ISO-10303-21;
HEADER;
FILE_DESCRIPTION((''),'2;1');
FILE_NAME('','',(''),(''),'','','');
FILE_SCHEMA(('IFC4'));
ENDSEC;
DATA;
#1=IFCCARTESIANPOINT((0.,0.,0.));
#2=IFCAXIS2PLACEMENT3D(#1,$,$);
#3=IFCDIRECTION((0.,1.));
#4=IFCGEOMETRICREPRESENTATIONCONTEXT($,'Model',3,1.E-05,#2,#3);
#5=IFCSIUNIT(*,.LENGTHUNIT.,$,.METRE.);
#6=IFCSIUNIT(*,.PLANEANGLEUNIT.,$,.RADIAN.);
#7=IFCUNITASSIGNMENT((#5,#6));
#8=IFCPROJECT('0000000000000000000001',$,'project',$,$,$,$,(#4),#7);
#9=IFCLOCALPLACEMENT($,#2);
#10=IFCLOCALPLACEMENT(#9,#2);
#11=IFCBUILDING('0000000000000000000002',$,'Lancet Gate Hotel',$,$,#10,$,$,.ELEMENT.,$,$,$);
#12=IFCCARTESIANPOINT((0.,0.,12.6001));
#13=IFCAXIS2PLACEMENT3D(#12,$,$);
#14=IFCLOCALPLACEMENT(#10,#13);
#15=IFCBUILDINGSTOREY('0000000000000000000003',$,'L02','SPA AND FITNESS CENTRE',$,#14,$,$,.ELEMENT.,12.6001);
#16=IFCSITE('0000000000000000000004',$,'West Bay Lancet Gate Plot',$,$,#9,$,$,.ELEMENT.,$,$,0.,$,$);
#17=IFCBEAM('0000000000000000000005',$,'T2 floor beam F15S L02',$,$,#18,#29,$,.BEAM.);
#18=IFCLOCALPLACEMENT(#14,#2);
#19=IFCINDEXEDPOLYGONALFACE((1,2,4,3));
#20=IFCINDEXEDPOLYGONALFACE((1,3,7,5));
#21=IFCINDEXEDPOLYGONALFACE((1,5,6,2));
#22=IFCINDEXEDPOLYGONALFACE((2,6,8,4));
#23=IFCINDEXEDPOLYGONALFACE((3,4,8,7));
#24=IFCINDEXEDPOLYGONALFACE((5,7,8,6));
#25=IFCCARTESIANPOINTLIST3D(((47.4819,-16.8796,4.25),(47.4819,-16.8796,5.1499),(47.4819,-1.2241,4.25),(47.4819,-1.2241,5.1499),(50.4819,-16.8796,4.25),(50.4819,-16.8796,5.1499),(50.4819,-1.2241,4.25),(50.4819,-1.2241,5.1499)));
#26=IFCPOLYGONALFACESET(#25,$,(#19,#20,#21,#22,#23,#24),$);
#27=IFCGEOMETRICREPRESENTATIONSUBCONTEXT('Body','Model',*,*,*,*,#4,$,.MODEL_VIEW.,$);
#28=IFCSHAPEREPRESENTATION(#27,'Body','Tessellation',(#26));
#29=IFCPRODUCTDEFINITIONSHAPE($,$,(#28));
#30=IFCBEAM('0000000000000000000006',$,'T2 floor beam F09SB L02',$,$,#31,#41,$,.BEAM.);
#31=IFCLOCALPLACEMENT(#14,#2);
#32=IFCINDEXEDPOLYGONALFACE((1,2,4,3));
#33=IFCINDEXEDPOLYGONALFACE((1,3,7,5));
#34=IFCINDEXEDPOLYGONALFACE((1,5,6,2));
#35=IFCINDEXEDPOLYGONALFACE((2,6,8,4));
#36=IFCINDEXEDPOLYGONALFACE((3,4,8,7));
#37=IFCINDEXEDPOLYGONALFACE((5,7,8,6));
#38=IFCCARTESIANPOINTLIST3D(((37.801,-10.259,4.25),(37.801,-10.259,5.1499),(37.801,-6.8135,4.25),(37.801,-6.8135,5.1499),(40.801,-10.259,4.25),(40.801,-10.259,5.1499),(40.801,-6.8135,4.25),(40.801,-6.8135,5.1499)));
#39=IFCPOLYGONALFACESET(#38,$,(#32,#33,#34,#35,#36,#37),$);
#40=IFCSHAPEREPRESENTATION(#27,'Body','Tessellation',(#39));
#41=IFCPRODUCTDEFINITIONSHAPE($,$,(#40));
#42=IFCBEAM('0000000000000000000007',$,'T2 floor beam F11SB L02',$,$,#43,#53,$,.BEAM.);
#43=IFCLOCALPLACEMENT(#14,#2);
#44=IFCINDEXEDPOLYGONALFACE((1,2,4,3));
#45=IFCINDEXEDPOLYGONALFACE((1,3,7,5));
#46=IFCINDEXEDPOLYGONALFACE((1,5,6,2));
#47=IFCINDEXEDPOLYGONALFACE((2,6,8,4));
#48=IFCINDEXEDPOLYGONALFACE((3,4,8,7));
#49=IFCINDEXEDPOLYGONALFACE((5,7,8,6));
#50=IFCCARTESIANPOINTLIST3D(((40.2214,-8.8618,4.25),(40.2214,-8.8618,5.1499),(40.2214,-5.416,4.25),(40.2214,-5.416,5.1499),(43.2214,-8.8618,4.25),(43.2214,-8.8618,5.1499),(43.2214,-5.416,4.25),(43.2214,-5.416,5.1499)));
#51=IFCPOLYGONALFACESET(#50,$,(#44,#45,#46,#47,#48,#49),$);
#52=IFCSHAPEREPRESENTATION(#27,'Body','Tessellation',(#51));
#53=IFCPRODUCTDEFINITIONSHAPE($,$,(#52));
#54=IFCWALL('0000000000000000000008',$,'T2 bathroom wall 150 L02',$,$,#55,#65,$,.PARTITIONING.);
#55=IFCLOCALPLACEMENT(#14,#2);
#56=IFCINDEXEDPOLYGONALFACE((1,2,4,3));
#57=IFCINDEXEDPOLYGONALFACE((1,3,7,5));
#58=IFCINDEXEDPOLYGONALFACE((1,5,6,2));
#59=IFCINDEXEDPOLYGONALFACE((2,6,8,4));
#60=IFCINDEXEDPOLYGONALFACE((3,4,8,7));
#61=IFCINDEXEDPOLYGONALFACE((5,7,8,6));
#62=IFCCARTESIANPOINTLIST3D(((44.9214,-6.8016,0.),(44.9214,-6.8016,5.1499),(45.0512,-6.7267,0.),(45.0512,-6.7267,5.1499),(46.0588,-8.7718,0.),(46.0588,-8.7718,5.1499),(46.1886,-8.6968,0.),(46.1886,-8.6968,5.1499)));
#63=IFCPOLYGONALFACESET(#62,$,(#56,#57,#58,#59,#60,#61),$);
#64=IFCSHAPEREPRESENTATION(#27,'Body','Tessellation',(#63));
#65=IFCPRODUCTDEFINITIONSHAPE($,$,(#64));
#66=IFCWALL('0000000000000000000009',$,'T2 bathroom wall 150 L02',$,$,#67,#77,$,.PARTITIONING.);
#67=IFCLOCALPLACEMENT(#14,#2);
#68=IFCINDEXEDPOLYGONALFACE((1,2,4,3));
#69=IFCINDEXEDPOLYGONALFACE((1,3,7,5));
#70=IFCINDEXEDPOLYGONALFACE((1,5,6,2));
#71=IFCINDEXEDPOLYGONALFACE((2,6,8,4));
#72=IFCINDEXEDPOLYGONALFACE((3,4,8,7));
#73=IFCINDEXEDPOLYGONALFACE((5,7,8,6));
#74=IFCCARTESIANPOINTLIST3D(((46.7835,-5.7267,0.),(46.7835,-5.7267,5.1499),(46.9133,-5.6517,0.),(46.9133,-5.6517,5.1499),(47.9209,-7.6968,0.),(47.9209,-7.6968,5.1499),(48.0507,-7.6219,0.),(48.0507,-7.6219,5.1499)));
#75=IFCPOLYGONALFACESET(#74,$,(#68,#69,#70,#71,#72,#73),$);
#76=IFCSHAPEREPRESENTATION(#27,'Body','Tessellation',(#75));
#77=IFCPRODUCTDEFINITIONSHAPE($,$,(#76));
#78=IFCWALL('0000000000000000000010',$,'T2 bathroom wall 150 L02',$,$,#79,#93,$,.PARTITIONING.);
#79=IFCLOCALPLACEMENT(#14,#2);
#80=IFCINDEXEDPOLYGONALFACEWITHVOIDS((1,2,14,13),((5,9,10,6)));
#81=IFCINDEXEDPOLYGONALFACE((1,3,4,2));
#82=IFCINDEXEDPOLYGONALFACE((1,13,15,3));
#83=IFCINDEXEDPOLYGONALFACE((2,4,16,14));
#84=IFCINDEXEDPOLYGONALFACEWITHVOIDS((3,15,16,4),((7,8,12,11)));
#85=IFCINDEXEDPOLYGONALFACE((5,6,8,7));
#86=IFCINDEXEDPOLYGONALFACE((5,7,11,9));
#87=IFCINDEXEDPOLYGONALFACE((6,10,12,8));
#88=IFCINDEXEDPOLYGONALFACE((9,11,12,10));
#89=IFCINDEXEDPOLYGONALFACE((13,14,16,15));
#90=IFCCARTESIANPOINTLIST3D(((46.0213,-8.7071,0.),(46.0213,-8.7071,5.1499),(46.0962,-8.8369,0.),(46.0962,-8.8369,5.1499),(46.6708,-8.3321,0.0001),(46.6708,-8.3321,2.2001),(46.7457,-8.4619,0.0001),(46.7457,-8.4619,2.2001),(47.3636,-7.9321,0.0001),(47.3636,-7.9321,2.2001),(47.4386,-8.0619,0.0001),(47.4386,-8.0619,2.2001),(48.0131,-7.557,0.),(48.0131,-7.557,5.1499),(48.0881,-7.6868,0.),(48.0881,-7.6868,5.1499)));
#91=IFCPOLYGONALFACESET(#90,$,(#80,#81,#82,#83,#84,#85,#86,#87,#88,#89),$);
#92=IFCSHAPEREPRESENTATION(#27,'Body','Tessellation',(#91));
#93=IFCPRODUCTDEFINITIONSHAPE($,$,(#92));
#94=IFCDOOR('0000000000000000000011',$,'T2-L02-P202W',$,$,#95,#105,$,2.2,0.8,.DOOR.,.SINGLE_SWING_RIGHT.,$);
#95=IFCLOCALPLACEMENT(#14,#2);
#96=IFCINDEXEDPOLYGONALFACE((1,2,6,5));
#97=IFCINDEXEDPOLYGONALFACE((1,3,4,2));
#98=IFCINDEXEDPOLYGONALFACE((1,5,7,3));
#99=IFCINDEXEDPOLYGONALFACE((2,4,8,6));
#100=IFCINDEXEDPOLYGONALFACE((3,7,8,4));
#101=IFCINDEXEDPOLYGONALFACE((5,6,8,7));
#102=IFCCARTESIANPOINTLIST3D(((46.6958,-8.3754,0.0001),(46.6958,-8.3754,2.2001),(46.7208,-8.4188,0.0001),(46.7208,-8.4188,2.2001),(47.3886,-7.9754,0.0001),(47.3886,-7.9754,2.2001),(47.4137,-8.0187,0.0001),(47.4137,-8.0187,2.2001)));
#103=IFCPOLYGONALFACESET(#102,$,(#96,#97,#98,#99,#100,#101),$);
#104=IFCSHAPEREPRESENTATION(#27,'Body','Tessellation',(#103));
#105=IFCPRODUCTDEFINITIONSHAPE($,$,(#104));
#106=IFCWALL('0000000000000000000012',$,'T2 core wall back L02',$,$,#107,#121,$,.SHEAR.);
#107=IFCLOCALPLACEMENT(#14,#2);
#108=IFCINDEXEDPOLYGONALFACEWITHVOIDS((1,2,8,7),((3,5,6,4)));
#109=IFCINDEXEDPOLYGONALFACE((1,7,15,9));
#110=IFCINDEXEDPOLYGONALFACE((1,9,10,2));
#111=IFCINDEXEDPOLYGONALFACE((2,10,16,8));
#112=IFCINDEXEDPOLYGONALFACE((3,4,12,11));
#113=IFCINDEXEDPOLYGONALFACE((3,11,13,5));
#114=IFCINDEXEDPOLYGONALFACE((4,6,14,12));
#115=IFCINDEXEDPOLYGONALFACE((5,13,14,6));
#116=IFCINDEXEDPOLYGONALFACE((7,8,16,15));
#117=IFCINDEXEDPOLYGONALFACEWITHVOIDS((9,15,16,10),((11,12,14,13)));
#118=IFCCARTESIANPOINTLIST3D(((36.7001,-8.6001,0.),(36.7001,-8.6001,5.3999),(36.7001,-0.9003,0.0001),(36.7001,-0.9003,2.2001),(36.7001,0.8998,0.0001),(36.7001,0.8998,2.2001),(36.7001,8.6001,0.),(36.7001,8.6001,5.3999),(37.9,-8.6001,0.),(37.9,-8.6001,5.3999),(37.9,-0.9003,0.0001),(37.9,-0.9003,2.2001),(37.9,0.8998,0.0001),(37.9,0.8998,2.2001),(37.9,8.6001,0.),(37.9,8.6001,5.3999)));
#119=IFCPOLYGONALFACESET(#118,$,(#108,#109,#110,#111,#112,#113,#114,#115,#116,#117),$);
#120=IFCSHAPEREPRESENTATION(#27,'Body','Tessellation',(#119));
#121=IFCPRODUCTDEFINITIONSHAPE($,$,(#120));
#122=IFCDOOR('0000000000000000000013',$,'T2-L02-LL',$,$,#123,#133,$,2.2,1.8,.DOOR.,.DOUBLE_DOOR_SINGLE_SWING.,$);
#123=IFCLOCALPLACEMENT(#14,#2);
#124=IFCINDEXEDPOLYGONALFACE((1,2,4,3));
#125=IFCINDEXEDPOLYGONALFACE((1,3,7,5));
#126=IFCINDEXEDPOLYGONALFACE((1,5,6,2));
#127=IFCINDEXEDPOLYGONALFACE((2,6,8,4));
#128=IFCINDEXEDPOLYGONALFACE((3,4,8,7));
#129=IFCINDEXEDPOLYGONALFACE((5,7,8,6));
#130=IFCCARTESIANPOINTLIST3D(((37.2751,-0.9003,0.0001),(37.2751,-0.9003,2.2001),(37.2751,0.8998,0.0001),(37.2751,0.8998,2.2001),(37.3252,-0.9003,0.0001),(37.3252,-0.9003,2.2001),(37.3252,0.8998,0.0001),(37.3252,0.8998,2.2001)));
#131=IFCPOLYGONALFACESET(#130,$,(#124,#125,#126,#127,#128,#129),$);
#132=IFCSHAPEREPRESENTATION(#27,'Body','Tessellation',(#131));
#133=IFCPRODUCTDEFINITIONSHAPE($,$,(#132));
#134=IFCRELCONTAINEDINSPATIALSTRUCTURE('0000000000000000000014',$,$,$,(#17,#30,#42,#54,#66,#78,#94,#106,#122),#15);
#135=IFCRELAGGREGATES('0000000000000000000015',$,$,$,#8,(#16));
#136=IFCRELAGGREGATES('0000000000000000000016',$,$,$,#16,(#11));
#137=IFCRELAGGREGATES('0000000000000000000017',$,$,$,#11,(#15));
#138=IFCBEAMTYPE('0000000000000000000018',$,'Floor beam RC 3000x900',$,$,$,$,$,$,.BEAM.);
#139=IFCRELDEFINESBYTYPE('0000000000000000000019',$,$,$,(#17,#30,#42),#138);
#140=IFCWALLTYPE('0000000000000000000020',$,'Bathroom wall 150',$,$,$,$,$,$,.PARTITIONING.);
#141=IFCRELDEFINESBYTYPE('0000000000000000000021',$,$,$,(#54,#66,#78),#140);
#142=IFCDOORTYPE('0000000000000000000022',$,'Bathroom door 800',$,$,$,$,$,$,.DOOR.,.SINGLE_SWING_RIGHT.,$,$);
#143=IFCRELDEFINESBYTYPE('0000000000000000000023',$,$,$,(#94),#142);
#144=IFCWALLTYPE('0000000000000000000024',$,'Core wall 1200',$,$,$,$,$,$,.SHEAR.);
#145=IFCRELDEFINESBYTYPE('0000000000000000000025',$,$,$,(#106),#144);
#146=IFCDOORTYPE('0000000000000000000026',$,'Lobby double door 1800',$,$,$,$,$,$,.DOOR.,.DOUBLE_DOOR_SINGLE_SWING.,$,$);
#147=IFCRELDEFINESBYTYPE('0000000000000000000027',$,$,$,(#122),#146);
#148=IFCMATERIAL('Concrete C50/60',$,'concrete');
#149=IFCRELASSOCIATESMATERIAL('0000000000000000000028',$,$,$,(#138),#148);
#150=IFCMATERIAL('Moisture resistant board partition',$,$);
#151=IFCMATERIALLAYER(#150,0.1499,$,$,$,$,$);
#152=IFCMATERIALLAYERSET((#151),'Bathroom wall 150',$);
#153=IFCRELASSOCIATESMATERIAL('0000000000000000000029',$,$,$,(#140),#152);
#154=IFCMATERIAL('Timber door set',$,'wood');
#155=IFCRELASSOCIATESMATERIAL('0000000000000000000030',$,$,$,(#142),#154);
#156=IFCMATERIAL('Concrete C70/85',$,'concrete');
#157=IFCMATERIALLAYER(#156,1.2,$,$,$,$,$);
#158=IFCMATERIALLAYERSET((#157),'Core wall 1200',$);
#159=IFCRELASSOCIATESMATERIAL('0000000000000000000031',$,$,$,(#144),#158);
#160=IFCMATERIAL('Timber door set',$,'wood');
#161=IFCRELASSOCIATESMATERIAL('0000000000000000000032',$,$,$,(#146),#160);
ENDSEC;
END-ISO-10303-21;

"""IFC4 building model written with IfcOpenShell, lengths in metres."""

from ifc_helpers import new_model, si_unit, direction, frame, frame_2d, origin, origin_2d, place, context, subcontext, project, spatial, rectangle, extrude, material, layer, layer_set, material_profile, profile_set, type_object, element, fill, save


model = new_model("IFC4")

# Units and contexts
model_context = context("Model", 3, precision=1e-05, world=origin(), true_north=direction((0.0, 1.0)))
body_context = subcontext(model_context, "Body", "Model", "MODEL_VIEW")
ifc_project = project(units=[si_unit("LENGTHUNIT", "METRE"), si_unit("PLANEANGLEUNIT", "RADIAN")], contexts=[model_context])

# Site, building, storey
site_placement = place(None, origin())
site = spatial("IfcSite", under=ifc_project, at=site_placement, Name="West Bay Lancet Gate Plot", CompositionType="ELEMENT", RefElevation=0.0)
building_placement = place(site_placement, origin())
building = spatial("IfcBuilding", under=site, at=building_placement, Name="Lancet Gate Hotel", CompositionType="ELEMENT")
storey_placement = place(building_placement, frame((0.0, 0.0, 12.6001)))
storey = spatial("IfcBuildingStorey", under=building, at=storey_placement, Name="L02", Description="SPA AND FITNESS CENTRE", CompositionType="ELEMENT", Elevation=12.6001)

# Beams
ifc_material_1 = material(Name="Concrete C50/60", Category="concrete")
ifc_material_profile = material_profile(ifc_material_1, rectangle(XDim=3.0, YDim=0.8999, at=origin_2d()), Name="RC 3000x900")
ifc_profile_set = profile_set([ifc_material_profile], Name="Concrete C50/60")
beam_type = type_object("IfcBeamType", Name="Floor beam RC 3000x900", PredefinedType="BEAM", material=ifc_profile_set)
beam_1_placement = place(storey_placement, frame((48.9819, -16.8796, 4.7), z_axis=(0.0, 1.0, 0.0), x_axis=(-1.0, 0.0, 0.0)))
element("IfcBeam", 1, at=beam_1_placement, inside=storey, type_object=beam_type, Name="T2 floor beam F15S L02", PredefinedType="BEAM", context=body_context, shape_type="SweptSolid", body=[
    extrude(rectangle(XDim=3.0, YDim=0.8999, at=origin_2d()), origin(), (0.0, 0.0, 1.0), 15.6555),
])
beam_2_placement = place(storey_placement, frame((39.301, -10.259, 4.7), z_axis=(0.0, 1.0, 0.0), x_axis=(-1.0, 0.0, 0.0)))
element("IfcBeam", 2, at=beam_2_placement, inside=storey, type_object=beam_type, Name="T2 floor beam F09SB L02", PredefinedType="BEAM", context=body_context, shape_type="SweptSolid", body=[
    extrude(rectangle(XDim=3.0, YDim=0.8999, at=origin_2d()), origin(), (0.0, 0.0, 1.0), 3.4456),
])
beam_3_placement = place(storey_placement, frame((41.7214, -8.8618, 4.7), z_axis=(0.0, 1.0, 0.0), x_axis=(-1.0, 0.0, 0.0)))
element("IfcBeam", 3, at=beam_3_placement, inside=storey, type_object=beam_type, Name="T2 floor beam F11SB L02", PredefinedType="BEAM", context=body_context, shape_type="SweptSolid", body=[
    extrude(rectangle(XDim=3.0, YDim=0.8999, at=origin_2d()), origin(), (0.0, 0.0, 1.0), 3.4458),
])

# Walls
ifc_material_2 = material(Name="Moisture resistant board partition")
ifc_layer_1 = layer(ifc_material_2, 0.1499)
ifc_layer_set_1 = layer_set([ifc_layer_1], Name="Bathroom wall 150")
wall_type_1 = type_object("IfcWallType", Name="Bathroom wall 150", PredefinedType="PARTITIONING", material=ifc_layer_set_1)
for number, where, z_axis, x_axis, name in (
    (4, (44.9863, -6.7642, 0.0), (0.0, 0.0, 1.0), (0.499983, -0.866035, 0.0), "T2 bathroom wall 150 L02"),
    (5, (46.8484, -5.6892, 0.0), (0.0, 0.0, 1.0), (0.499983, -0.866035, 0.0), "T2 bathroom wall 150 L02"),
):
    element("IfcWall", number, at=place(storey_placement, frame(where, z_axis=z_axis, x_axis=x_axis)), inside=storey, type_object=wall_type_1, Name=name, PredefinedType="PARTITIONING", context=body_context, shape_type="SweptSolid", body=[
        extrude(rectangle(XDim=2.2749, YDim=0.1499, at=frame_2d((1.1375, 0.0))), origin(), (0.0, 0.0, 1.0), 5.1499),
    ])

# Walls, openings, doors
wall_1_placement = place(storey_placement, frame((46.0588, -8.772, 0.0), z_axis=(0.0, 0.0, 1.0), x_axis=(0.866007, 0.500032, 0.0)))
wall_1 = element("IfcWall", 6, at=wall_1_placement, inside=storey, type_object=wall_type_1, Name="T2 bathroom wall 150 L02", PredefinedType="PARTITIONING", context=body_context, shape_type="SweptSolid", body=[
    extrude(rectangle(XDim=2.3, YDim=0.1499, at=frame_2d((1.1499, 0.0))), origin(), (0.0, 0.0, 1.0), 5.1499),
])
opening_1_placement = place(wall_1_placement, frame((0.75, 0.0, 0.0)))
opening_1 = element("IfcOpeningElement", 7, at=opening_1_placement, cuts=wall_1, PredefinedType="OPENING", context=body_context, shape_type="SweptSolid", body=[
    extrude(rectangle(XDim=0.8, YDim=2.2, at=frame_2d((0.3999, 1.1001))), frame((0.0, 0.085, 0.0), z_axis=(0.0, -1.0, 0.0), x_axis=(1.0, 0.0, 0.0)), (0.0, 0.0, 1.0), 0.1699),
])
ifc_material_3 = material(Name="Timber door set", Category="wood")
door_type_1 = type_object("IfcDoorType", Name="Bathroom door 800", OperationType="SINGLE_SWING_RIGHT", PredefinedType="DOOR", material=ifc_material_3)
door_1_placement = place(opening_1_placement, origin())
door_1 = element("IfcDoor", 8, at=door_1_placement, inside=storey, type_object=door_type_1, Name="T2-L02-P202W", OperationType="SINGLE_SWING_RIGHT", OverallHeight=2.2, OverallWidth=0.8, PredefinedType="DOOR", context=body_context, shape_type="SweptSolid", body=[
    extrude(rectangle(XDim=0.8, YDim=2.2, at=frame_2d((0.3999, 1.1001))), frame((0.0, 0.0249, 0.0), z_axis=(0.0, -1.0, 0.0), x_axis=(1.0, 0.0, 0.0)), (0.0, 0.0, 1.0), 0.05),
])
fill(opening_1, door_1)
ifc_material_4 = material(Name="Concrete C70/85", Category="concrete")
ifc_layer_2 = layer(ifc_material_4, 1.2)
ifc_layer_set_2 = layer_set([ifc_layer_2], Name="Core wall 1200")
wall_type_2 = type_object("IfcWallType", Name="Core wall 1200", PredefinedType="SHEAR", material=ifc_layer_set_2)
wall_2_placement = place(storey_placement, frame((37.3, -8.6001, 0.0), z_axis=(0.0, 0.0, 1.0), x_axis=(0.0, 1.0, 0.0)))
wall_2 = element("IfcWall", 9, at=wall_2_placement, inside=storey, type_object=wall_type_2, Name="T2 core wall back L02", PredefinedType="SHEAR", context=body_context, shape_type="SweptSolid", body=[
    extrude(rectangle(XDim=17.2002, YDim=1.2, at=frame_2d((8.6001, 0.0))), origin(), (0.0, 0.0, 1.0), 5.3999),
])
opening_2_placement = place(wall_2_placement, frame((7.7, 0.0, 0.0)))
opening_2 = element("IfcOpeningElement", 10, at=opening_2_placement, cuts=wall_2, PredefinedType="OPENING", context=body_context, shape_type="SweptSolid", body=[
    extrude(rectangle(XDim=1.8, YDim=2.2, at=frame_2d((0.8999, 1.1001))), frame((0.0, 0.6099, 0.0), z_axis=(0.0, -1.0, 0.0), x_axis=(1.0, 0.0, 0.0)), (0.0, 0.0, 1.0), 1.22),
])
ifc_material_5 = material(Name="Timber door set", Category="wood")
door_type_2 = type_object("IfcDoorType", Name="Lobby double door 1800", OperationType="DOUBLE_DOOR_SINGLE_SWING", PredefinedType="DOOR", material=ifc_material_5)
door_2_placement = place(opening_2_placement, origin())
door_2 = element("IfcDoor", 11, at=door_2_placement, inside=storey, type_object=door_type_2, Name="T2-L02-LL", OperationType="DOUBLE_DOOR_SINGLE_SWING", OverallHeight=2.2, OverallWidth=1.8, PredefinedType="DOOR", context=body_context, shape_type="SweptSolid", body=[
    extrude(rectangle(XDim=1.8, YDim=2.2, at=frame_2d((0.8999, 1.1001))), frame((0.0, 0.0249, 0.0), z_axis=(0.0, -1.0, 0.0), x_axis=(1.0, 0.0, 0.0)), (0.0, 0.0, 1.0), 0.05),
])
fill(opening_2, door_2)

save(model, "model.ifc")
